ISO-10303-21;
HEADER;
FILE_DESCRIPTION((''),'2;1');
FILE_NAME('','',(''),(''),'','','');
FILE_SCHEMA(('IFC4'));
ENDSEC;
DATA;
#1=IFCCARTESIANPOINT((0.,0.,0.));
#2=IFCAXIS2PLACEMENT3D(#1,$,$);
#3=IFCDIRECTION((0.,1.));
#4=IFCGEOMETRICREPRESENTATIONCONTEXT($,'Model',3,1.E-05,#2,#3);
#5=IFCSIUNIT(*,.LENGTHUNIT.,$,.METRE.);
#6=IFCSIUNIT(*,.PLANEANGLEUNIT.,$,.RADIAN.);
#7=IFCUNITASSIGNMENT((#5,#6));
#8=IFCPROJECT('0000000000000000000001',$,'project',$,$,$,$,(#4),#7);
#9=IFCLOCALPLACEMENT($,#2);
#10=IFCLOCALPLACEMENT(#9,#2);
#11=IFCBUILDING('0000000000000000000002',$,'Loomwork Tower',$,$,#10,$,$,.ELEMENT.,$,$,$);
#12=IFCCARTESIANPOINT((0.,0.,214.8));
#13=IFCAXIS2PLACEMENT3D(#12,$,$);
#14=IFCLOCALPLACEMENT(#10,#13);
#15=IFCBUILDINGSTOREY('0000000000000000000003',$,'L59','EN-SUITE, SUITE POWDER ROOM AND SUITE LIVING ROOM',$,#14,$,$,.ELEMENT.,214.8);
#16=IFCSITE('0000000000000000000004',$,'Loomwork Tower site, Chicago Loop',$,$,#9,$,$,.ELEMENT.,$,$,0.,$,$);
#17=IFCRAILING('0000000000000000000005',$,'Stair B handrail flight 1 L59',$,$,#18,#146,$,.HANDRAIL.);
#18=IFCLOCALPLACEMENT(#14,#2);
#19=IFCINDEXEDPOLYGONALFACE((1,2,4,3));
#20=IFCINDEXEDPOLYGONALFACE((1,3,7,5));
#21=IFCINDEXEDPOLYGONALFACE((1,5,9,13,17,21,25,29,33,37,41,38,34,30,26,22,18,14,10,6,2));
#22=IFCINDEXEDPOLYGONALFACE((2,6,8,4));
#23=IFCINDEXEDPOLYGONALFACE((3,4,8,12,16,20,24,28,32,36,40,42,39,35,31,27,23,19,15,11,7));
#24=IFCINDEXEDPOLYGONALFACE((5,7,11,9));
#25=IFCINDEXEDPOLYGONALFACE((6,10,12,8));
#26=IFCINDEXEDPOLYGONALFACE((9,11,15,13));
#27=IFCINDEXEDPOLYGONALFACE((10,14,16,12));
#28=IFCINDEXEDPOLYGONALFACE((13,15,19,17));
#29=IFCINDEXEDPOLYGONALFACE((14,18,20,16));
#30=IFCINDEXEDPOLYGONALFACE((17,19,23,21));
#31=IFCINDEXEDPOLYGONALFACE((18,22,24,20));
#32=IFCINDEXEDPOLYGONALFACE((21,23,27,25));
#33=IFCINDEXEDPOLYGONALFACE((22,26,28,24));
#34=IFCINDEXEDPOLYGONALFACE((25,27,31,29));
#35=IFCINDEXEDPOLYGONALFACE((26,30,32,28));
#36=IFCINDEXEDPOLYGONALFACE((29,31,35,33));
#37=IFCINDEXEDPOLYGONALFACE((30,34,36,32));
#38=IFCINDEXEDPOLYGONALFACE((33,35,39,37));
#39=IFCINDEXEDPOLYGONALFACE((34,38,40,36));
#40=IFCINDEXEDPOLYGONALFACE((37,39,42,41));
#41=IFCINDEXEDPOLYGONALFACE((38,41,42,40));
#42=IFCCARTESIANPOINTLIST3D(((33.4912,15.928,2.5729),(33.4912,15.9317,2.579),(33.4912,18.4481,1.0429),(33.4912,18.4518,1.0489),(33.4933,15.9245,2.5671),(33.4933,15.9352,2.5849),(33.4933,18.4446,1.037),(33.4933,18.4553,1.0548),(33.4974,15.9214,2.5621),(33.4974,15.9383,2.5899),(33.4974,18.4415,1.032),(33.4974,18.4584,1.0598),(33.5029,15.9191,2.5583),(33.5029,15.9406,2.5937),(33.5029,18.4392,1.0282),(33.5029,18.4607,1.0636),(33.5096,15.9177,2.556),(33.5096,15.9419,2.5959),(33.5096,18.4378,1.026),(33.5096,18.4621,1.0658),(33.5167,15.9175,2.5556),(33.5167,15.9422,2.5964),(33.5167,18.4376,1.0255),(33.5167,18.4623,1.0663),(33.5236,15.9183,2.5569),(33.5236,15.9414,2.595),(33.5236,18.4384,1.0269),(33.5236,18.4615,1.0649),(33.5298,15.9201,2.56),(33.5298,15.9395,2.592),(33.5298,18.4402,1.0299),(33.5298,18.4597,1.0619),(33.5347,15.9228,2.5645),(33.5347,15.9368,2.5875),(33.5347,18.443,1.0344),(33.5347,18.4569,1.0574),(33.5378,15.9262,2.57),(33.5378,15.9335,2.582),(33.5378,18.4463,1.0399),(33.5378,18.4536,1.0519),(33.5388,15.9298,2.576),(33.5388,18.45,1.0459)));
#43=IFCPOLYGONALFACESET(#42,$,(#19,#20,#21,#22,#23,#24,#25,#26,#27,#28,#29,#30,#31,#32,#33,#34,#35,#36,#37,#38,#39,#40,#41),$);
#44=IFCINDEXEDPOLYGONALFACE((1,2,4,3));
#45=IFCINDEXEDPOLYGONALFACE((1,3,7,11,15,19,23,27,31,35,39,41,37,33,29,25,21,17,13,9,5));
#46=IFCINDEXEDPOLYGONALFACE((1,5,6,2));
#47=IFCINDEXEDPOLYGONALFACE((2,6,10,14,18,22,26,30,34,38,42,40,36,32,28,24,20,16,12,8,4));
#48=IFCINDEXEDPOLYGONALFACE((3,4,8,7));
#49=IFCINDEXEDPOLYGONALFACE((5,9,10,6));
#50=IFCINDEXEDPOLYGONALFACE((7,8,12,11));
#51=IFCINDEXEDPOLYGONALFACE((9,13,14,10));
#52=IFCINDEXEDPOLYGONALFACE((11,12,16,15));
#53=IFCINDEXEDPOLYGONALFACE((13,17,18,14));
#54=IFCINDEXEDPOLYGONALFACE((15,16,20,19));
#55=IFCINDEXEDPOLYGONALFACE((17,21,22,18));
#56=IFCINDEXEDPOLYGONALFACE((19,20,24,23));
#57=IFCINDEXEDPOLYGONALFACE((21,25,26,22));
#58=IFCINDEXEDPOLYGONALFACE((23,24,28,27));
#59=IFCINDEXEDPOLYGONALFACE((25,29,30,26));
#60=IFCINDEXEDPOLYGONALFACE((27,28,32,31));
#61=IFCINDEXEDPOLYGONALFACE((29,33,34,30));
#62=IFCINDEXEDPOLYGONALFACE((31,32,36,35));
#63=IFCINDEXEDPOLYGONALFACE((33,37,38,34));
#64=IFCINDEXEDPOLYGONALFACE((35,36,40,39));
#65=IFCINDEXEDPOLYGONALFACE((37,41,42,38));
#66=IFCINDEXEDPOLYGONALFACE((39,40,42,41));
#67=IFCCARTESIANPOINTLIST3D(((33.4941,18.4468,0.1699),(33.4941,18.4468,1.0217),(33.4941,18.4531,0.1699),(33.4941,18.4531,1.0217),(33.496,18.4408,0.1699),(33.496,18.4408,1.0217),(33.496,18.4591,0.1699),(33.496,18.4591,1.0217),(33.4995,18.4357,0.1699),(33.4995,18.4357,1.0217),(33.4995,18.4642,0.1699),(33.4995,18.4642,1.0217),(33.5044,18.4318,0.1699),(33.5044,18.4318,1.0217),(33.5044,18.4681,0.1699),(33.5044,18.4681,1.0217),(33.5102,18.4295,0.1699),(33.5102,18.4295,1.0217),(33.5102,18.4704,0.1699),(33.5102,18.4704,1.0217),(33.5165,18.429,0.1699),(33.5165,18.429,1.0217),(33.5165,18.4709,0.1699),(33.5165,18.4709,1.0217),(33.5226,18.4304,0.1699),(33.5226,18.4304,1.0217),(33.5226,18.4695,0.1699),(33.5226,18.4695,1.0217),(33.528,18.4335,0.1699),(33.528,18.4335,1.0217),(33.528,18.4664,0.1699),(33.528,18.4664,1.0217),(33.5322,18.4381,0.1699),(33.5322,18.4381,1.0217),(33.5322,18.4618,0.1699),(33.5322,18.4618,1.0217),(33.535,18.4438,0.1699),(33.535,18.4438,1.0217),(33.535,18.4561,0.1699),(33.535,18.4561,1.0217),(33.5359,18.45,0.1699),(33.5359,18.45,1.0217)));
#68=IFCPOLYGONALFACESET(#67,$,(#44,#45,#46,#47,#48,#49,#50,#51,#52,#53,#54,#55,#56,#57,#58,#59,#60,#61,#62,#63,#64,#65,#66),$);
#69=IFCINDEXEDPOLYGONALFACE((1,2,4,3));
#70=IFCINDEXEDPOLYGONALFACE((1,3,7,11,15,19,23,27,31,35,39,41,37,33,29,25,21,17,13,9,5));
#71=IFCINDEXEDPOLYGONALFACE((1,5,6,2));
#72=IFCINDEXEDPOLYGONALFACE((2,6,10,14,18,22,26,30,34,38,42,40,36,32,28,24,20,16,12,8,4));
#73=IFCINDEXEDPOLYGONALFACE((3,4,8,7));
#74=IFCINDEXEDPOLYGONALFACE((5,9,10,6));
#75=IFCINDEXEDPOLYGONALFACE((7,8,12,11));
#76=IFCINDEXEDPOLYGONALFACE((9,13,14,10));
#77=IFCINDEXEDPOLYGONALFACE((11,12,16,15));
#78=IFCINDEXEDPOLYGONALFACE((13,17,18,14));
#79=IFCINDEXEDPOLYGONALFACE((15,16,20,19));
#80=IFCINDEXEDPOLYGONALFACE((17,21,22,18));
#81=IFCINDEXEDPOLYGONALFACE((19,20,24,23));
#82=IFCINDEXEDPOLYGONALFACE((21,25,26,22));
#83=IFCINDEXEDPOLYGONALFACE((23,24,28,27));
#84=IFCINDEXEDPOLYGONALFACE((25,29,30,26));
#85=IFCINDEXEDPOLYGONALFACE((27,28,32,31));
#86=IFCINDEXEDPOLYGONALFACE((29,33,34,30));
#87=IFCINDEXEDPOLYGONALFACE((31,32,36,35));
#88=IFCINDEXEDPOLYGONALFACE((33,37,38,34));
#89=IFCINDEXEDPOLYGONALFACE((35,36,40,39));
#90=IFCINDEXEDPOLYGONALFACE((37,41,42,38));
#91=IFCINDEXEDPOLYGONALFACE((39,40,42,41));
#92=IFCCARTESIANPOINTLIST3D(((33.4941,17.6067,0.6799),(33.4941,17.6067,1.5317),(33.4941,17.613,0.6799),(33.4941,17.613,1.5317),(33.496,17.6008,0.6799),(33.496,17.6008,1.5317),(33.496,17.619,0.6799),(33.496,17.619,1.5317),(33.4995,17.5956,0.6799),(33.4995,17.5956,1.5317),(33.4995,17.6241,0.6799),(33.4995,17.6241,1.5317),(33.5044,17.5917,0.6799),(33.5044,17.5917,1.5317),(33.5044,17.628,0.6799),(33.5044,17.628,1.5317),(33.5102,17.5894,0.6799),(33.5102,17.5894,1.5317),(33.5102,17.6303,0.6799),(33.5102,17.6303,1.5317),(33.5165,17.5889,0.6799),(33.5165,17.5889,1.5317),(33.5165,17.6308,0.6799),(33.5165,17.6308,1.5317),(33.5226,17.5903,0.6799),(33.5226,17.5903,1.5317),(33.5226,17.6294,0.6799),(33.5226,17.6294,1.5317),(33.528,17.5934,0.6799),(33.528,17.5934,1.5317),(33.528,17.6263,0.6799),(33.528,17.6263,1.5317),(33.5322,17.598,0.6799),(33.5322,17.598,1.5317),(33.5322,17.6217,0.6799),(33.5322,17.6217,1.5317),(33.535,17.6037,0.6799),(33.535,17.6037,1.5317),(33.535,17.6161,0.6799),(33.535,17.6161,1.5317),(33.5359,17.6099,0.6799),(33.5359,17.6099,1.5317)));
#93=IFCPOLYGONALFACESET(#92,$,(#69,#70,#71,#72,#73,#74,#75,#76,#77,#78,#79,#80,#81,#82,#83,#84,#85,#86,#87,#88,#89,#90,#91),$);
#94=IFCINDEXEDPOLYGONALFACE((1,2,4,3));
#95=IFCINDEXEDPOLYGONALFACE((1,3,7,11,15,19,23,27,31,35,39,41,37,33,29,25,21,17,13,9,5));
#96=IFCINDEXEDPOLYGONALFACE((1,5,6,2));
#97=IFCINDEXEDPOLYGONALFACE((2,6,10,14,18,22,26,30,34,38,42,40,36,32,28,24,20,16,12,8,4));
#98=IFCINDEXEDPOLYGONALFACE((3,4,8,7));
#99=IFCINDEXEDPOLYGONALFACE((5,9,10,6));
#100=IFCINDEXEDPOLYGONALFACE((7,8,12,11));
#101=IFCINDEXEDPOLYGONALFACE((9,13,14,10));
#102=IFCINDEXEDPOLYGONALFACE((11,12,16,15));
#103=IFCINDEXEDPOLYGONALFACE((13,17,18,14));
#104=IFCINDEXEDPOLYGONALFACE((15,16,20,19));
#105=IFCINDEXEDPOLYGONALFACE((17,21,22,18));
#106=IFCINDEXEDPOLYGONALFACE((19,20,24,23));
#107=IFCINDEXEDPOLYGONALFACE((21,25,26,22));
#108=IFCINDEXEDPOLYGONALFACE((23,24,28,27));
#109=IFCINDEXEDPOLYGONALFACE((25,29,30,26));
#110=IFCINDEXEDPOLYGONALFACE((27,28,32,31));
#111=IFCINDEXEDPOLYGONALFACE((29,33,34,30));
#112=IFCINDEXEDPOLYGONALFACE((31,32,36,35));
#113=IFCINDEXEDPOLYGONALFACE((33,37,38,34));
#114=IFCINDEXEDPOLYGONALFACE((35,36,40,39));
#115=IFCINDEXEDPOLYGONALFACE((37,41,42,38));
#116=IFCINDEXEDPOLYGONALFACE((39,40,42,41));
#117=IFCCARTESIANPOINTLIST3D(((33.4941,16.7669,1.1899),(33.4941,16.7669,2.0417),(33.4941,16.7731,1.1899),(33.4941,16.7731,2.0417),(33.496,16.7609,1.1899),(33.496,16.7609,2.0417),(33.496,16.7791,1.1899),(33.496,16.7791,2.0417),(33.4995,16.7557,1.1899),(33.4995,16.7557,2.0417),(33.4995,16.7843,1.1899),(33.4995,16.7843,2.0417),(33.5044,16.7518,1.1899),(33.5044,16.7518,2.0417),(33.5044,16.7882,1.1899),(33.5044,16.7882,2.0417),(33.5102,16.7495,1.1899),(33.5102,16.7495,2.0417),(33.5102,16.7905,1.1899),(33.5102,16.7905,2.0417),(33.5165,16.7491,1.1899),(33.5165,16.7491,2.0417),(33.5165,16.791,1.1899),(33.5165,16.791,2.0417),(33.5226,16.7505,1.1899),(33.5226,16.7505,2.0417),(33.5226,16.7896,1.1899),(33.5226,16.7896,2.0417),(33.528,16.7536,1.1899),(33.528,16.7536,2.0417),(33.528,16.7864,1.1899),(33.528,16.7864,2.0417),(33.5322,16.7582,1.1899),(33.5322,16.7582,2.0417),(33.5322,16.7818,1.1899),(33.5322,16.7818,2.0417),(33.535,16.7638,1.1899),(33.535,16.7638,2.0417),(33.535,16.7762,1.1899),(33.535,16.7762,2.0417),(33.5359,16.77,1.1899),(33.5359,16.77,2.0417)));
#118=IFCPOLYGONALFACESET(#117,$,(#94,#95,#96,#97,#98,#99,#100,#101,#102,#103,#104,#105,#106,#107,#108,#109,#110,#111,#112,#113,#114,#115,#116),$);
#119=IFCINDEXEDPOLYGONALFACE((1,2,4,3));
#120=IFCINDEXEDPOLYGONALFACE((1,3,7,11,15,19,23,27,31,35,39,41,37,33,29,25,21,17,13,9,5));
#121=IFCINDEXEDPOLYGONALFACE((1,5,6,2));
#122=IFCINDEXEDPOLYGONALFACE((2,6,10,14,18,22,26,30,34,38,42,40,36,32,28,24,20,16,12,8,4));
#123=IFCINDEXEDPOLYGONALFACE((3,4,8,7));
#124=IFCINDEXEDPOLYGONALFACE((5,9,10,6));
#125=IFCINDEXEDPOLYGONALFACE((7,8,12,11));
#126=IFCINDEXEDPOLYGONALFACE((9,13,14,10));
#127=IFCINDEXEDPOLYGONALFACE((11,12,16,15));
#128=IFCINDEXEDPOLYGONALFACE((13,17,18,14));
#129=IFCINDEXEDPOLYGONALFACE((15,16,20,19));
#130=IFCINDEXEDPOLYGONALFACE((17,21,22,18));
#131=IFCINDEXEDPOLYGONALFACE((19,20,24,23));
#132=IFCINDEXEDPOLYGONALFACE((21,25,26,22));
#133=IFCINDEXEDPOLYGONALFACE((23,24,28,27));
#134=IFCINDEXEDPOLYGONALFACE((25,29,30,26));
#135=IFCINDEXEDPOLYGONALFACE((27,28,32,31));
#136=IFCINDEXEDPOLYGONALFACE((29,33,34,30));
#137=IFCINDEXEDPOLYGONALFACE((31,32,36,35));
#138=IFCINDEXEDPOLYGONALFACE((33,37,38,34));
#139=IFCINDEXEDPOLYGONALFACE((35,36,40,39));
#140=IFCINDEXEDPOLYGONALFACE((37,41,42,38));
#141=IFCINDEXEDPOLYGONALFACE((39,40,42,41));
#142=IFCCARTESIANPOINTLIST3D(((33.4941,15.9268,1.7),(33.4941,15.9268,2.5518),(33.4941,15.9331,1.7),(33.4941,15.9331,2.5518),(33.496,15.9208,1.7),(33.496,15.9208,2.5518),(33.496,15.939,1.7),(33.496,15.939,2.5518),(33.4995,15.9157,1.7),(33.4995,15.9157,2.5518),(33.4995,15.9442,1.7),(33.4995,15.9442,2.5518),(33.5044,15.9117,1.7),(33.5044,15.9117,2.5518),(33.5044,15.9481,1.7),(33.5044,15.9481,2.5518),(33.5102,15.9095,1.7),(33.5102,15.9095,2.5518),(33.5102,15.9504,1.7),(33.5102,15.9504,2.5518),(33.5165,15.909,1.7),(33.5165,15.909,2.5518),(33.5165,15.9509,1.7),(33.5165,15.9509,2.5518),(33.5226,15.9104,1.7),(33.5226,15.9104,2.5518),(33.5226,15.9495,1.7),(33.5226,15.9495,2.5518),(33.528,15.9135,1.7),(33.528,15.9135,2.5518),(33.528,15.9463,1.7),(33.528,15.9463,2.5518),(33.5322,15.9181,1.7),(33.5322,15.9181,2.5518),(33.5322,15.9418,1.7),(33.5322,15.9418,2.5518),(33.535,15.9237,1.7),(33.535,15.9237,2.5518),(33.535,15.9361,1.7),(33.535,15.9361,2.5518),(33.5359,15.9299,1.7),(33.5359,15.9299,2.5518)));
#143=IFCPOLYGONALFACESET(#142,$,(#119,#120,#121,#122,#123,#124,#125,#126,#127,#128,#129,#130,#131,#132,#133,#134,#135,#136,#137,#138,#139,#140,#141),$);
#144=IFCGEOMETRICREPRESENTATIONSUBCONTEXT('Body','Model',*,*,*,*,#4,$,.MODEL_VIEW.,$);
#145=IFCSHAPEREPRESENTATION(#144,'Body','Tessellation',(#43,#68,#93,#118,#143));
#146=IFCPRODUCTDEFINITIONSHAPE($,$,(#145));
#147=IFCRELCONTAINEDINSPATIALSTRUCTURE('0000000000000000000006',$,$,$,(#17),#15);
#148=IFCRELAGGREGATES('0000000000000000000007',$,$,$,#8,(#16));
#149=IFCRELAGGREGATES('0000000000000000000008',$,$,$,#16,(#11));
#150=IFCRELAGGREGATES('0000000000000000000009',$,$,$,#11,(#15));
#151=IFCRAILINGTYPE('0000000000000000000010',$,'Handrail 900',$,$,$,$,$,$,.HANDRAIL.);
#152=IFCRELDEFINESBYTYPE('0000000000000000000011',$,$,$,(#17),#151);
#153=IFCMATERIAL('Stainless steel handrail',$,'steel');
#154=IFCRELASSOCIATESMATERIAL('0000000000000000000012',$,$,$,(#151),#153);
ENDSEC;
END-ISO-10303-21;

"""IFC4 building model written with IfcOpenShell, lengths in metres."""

from ifc_helpers import new_model, si_unit, direction, frame, origin, origin_2d, place, context, subcontext, project, spatial, circle, extrude, material, type_object, element, save


model = new_model("IFC4")

# Units and contexts
model_context = context("Model", 3, precision=1e-05, world=origin(), true_north=direction((0.0, 1.0)))
body_context = subcontext(model_context, "Body", "Model", "MODEL_VIEW")
ifc_project = project(units=[si_unit("LENGTHUNIT", "METRE"), si_unit("PLANEANGLEUNIT", "RADIAN")], contexts=[model_context])

# Site, building, storey
site_placement = place(None, origin())
site = spatial("IfcSite", under=ifc_project, at=site_placement, Name="Loomwork Tower site, Chicago Loop", CompositionType="ELEMENT", RefElevation=0.0)
building_placement = place(site_placement, origin())
building = spatial("IfcBuilding", under=site, at=building_placement, Name="Loomwork Tower", CompositionType="ELEMENT")
storey_placement = place(building_placement, frame((0.0, 0.0, 214.8)))
storey = spatial("IfcBuildingStorey", under=building, at=storey_placement, Name="L59", Description="EN-SUITE, SUITE POWDER ROOM AND SUITE LIVING ROOM", CompositionType="ELEMENT", Elevation=214.8)

# Railing
ifc_material_1 = material(Name="Stainless steel handrail", Category="steel")
railing_type = type_object("IfcRailingType", Name="Handrail 900", PredefinedType="HANDRAIL", material=ifc_material_1)
railing_1_placement = place(storey_placement, frame((33.5149, 18.45, 0.1699)))
element("IfcRailing", 1, at=railing_1_placement, inside=storey, type_object=railing_type, Name="Stair B handrail flight 1 L59", PredefinedType="HANDRAIL", context=body_context, shape_type="SweptSolid", body=[
    extrude(circle(Radius=0.0239, at=origin_2d()), frame((0.0, 0.0, 0.876), z_axis=(0.0, -0.854785, 0.518982), x_axis=(1.0, 0.0, 0.0)), (0.0, 0.0, 1.0), 2.9482),
    extrude(circle(Radius=0.021, at=origin_2d()), origin(), (0.0, 0.0, 1.0), 0.8518),
    extrude(circle(Radius=0.021, at=origin_2d()), frame((0.0, -0.8401, 0.51)), (0.0, 0.0, 1.0), 0.8518),
    extrude(circle(Radius=0.021, at=origin_2d()), frame((0.0, -1.6799, 1.02)), (0.0, 0.0, 1.0), 0.8518),
    extrude(circle(Radius=0.021, at=origin_2d()), frame((0.0, -2.52, 1.53)), (0.0, 0.0, 1.0), 0.8518),
])

save(model, "model.ifc")
